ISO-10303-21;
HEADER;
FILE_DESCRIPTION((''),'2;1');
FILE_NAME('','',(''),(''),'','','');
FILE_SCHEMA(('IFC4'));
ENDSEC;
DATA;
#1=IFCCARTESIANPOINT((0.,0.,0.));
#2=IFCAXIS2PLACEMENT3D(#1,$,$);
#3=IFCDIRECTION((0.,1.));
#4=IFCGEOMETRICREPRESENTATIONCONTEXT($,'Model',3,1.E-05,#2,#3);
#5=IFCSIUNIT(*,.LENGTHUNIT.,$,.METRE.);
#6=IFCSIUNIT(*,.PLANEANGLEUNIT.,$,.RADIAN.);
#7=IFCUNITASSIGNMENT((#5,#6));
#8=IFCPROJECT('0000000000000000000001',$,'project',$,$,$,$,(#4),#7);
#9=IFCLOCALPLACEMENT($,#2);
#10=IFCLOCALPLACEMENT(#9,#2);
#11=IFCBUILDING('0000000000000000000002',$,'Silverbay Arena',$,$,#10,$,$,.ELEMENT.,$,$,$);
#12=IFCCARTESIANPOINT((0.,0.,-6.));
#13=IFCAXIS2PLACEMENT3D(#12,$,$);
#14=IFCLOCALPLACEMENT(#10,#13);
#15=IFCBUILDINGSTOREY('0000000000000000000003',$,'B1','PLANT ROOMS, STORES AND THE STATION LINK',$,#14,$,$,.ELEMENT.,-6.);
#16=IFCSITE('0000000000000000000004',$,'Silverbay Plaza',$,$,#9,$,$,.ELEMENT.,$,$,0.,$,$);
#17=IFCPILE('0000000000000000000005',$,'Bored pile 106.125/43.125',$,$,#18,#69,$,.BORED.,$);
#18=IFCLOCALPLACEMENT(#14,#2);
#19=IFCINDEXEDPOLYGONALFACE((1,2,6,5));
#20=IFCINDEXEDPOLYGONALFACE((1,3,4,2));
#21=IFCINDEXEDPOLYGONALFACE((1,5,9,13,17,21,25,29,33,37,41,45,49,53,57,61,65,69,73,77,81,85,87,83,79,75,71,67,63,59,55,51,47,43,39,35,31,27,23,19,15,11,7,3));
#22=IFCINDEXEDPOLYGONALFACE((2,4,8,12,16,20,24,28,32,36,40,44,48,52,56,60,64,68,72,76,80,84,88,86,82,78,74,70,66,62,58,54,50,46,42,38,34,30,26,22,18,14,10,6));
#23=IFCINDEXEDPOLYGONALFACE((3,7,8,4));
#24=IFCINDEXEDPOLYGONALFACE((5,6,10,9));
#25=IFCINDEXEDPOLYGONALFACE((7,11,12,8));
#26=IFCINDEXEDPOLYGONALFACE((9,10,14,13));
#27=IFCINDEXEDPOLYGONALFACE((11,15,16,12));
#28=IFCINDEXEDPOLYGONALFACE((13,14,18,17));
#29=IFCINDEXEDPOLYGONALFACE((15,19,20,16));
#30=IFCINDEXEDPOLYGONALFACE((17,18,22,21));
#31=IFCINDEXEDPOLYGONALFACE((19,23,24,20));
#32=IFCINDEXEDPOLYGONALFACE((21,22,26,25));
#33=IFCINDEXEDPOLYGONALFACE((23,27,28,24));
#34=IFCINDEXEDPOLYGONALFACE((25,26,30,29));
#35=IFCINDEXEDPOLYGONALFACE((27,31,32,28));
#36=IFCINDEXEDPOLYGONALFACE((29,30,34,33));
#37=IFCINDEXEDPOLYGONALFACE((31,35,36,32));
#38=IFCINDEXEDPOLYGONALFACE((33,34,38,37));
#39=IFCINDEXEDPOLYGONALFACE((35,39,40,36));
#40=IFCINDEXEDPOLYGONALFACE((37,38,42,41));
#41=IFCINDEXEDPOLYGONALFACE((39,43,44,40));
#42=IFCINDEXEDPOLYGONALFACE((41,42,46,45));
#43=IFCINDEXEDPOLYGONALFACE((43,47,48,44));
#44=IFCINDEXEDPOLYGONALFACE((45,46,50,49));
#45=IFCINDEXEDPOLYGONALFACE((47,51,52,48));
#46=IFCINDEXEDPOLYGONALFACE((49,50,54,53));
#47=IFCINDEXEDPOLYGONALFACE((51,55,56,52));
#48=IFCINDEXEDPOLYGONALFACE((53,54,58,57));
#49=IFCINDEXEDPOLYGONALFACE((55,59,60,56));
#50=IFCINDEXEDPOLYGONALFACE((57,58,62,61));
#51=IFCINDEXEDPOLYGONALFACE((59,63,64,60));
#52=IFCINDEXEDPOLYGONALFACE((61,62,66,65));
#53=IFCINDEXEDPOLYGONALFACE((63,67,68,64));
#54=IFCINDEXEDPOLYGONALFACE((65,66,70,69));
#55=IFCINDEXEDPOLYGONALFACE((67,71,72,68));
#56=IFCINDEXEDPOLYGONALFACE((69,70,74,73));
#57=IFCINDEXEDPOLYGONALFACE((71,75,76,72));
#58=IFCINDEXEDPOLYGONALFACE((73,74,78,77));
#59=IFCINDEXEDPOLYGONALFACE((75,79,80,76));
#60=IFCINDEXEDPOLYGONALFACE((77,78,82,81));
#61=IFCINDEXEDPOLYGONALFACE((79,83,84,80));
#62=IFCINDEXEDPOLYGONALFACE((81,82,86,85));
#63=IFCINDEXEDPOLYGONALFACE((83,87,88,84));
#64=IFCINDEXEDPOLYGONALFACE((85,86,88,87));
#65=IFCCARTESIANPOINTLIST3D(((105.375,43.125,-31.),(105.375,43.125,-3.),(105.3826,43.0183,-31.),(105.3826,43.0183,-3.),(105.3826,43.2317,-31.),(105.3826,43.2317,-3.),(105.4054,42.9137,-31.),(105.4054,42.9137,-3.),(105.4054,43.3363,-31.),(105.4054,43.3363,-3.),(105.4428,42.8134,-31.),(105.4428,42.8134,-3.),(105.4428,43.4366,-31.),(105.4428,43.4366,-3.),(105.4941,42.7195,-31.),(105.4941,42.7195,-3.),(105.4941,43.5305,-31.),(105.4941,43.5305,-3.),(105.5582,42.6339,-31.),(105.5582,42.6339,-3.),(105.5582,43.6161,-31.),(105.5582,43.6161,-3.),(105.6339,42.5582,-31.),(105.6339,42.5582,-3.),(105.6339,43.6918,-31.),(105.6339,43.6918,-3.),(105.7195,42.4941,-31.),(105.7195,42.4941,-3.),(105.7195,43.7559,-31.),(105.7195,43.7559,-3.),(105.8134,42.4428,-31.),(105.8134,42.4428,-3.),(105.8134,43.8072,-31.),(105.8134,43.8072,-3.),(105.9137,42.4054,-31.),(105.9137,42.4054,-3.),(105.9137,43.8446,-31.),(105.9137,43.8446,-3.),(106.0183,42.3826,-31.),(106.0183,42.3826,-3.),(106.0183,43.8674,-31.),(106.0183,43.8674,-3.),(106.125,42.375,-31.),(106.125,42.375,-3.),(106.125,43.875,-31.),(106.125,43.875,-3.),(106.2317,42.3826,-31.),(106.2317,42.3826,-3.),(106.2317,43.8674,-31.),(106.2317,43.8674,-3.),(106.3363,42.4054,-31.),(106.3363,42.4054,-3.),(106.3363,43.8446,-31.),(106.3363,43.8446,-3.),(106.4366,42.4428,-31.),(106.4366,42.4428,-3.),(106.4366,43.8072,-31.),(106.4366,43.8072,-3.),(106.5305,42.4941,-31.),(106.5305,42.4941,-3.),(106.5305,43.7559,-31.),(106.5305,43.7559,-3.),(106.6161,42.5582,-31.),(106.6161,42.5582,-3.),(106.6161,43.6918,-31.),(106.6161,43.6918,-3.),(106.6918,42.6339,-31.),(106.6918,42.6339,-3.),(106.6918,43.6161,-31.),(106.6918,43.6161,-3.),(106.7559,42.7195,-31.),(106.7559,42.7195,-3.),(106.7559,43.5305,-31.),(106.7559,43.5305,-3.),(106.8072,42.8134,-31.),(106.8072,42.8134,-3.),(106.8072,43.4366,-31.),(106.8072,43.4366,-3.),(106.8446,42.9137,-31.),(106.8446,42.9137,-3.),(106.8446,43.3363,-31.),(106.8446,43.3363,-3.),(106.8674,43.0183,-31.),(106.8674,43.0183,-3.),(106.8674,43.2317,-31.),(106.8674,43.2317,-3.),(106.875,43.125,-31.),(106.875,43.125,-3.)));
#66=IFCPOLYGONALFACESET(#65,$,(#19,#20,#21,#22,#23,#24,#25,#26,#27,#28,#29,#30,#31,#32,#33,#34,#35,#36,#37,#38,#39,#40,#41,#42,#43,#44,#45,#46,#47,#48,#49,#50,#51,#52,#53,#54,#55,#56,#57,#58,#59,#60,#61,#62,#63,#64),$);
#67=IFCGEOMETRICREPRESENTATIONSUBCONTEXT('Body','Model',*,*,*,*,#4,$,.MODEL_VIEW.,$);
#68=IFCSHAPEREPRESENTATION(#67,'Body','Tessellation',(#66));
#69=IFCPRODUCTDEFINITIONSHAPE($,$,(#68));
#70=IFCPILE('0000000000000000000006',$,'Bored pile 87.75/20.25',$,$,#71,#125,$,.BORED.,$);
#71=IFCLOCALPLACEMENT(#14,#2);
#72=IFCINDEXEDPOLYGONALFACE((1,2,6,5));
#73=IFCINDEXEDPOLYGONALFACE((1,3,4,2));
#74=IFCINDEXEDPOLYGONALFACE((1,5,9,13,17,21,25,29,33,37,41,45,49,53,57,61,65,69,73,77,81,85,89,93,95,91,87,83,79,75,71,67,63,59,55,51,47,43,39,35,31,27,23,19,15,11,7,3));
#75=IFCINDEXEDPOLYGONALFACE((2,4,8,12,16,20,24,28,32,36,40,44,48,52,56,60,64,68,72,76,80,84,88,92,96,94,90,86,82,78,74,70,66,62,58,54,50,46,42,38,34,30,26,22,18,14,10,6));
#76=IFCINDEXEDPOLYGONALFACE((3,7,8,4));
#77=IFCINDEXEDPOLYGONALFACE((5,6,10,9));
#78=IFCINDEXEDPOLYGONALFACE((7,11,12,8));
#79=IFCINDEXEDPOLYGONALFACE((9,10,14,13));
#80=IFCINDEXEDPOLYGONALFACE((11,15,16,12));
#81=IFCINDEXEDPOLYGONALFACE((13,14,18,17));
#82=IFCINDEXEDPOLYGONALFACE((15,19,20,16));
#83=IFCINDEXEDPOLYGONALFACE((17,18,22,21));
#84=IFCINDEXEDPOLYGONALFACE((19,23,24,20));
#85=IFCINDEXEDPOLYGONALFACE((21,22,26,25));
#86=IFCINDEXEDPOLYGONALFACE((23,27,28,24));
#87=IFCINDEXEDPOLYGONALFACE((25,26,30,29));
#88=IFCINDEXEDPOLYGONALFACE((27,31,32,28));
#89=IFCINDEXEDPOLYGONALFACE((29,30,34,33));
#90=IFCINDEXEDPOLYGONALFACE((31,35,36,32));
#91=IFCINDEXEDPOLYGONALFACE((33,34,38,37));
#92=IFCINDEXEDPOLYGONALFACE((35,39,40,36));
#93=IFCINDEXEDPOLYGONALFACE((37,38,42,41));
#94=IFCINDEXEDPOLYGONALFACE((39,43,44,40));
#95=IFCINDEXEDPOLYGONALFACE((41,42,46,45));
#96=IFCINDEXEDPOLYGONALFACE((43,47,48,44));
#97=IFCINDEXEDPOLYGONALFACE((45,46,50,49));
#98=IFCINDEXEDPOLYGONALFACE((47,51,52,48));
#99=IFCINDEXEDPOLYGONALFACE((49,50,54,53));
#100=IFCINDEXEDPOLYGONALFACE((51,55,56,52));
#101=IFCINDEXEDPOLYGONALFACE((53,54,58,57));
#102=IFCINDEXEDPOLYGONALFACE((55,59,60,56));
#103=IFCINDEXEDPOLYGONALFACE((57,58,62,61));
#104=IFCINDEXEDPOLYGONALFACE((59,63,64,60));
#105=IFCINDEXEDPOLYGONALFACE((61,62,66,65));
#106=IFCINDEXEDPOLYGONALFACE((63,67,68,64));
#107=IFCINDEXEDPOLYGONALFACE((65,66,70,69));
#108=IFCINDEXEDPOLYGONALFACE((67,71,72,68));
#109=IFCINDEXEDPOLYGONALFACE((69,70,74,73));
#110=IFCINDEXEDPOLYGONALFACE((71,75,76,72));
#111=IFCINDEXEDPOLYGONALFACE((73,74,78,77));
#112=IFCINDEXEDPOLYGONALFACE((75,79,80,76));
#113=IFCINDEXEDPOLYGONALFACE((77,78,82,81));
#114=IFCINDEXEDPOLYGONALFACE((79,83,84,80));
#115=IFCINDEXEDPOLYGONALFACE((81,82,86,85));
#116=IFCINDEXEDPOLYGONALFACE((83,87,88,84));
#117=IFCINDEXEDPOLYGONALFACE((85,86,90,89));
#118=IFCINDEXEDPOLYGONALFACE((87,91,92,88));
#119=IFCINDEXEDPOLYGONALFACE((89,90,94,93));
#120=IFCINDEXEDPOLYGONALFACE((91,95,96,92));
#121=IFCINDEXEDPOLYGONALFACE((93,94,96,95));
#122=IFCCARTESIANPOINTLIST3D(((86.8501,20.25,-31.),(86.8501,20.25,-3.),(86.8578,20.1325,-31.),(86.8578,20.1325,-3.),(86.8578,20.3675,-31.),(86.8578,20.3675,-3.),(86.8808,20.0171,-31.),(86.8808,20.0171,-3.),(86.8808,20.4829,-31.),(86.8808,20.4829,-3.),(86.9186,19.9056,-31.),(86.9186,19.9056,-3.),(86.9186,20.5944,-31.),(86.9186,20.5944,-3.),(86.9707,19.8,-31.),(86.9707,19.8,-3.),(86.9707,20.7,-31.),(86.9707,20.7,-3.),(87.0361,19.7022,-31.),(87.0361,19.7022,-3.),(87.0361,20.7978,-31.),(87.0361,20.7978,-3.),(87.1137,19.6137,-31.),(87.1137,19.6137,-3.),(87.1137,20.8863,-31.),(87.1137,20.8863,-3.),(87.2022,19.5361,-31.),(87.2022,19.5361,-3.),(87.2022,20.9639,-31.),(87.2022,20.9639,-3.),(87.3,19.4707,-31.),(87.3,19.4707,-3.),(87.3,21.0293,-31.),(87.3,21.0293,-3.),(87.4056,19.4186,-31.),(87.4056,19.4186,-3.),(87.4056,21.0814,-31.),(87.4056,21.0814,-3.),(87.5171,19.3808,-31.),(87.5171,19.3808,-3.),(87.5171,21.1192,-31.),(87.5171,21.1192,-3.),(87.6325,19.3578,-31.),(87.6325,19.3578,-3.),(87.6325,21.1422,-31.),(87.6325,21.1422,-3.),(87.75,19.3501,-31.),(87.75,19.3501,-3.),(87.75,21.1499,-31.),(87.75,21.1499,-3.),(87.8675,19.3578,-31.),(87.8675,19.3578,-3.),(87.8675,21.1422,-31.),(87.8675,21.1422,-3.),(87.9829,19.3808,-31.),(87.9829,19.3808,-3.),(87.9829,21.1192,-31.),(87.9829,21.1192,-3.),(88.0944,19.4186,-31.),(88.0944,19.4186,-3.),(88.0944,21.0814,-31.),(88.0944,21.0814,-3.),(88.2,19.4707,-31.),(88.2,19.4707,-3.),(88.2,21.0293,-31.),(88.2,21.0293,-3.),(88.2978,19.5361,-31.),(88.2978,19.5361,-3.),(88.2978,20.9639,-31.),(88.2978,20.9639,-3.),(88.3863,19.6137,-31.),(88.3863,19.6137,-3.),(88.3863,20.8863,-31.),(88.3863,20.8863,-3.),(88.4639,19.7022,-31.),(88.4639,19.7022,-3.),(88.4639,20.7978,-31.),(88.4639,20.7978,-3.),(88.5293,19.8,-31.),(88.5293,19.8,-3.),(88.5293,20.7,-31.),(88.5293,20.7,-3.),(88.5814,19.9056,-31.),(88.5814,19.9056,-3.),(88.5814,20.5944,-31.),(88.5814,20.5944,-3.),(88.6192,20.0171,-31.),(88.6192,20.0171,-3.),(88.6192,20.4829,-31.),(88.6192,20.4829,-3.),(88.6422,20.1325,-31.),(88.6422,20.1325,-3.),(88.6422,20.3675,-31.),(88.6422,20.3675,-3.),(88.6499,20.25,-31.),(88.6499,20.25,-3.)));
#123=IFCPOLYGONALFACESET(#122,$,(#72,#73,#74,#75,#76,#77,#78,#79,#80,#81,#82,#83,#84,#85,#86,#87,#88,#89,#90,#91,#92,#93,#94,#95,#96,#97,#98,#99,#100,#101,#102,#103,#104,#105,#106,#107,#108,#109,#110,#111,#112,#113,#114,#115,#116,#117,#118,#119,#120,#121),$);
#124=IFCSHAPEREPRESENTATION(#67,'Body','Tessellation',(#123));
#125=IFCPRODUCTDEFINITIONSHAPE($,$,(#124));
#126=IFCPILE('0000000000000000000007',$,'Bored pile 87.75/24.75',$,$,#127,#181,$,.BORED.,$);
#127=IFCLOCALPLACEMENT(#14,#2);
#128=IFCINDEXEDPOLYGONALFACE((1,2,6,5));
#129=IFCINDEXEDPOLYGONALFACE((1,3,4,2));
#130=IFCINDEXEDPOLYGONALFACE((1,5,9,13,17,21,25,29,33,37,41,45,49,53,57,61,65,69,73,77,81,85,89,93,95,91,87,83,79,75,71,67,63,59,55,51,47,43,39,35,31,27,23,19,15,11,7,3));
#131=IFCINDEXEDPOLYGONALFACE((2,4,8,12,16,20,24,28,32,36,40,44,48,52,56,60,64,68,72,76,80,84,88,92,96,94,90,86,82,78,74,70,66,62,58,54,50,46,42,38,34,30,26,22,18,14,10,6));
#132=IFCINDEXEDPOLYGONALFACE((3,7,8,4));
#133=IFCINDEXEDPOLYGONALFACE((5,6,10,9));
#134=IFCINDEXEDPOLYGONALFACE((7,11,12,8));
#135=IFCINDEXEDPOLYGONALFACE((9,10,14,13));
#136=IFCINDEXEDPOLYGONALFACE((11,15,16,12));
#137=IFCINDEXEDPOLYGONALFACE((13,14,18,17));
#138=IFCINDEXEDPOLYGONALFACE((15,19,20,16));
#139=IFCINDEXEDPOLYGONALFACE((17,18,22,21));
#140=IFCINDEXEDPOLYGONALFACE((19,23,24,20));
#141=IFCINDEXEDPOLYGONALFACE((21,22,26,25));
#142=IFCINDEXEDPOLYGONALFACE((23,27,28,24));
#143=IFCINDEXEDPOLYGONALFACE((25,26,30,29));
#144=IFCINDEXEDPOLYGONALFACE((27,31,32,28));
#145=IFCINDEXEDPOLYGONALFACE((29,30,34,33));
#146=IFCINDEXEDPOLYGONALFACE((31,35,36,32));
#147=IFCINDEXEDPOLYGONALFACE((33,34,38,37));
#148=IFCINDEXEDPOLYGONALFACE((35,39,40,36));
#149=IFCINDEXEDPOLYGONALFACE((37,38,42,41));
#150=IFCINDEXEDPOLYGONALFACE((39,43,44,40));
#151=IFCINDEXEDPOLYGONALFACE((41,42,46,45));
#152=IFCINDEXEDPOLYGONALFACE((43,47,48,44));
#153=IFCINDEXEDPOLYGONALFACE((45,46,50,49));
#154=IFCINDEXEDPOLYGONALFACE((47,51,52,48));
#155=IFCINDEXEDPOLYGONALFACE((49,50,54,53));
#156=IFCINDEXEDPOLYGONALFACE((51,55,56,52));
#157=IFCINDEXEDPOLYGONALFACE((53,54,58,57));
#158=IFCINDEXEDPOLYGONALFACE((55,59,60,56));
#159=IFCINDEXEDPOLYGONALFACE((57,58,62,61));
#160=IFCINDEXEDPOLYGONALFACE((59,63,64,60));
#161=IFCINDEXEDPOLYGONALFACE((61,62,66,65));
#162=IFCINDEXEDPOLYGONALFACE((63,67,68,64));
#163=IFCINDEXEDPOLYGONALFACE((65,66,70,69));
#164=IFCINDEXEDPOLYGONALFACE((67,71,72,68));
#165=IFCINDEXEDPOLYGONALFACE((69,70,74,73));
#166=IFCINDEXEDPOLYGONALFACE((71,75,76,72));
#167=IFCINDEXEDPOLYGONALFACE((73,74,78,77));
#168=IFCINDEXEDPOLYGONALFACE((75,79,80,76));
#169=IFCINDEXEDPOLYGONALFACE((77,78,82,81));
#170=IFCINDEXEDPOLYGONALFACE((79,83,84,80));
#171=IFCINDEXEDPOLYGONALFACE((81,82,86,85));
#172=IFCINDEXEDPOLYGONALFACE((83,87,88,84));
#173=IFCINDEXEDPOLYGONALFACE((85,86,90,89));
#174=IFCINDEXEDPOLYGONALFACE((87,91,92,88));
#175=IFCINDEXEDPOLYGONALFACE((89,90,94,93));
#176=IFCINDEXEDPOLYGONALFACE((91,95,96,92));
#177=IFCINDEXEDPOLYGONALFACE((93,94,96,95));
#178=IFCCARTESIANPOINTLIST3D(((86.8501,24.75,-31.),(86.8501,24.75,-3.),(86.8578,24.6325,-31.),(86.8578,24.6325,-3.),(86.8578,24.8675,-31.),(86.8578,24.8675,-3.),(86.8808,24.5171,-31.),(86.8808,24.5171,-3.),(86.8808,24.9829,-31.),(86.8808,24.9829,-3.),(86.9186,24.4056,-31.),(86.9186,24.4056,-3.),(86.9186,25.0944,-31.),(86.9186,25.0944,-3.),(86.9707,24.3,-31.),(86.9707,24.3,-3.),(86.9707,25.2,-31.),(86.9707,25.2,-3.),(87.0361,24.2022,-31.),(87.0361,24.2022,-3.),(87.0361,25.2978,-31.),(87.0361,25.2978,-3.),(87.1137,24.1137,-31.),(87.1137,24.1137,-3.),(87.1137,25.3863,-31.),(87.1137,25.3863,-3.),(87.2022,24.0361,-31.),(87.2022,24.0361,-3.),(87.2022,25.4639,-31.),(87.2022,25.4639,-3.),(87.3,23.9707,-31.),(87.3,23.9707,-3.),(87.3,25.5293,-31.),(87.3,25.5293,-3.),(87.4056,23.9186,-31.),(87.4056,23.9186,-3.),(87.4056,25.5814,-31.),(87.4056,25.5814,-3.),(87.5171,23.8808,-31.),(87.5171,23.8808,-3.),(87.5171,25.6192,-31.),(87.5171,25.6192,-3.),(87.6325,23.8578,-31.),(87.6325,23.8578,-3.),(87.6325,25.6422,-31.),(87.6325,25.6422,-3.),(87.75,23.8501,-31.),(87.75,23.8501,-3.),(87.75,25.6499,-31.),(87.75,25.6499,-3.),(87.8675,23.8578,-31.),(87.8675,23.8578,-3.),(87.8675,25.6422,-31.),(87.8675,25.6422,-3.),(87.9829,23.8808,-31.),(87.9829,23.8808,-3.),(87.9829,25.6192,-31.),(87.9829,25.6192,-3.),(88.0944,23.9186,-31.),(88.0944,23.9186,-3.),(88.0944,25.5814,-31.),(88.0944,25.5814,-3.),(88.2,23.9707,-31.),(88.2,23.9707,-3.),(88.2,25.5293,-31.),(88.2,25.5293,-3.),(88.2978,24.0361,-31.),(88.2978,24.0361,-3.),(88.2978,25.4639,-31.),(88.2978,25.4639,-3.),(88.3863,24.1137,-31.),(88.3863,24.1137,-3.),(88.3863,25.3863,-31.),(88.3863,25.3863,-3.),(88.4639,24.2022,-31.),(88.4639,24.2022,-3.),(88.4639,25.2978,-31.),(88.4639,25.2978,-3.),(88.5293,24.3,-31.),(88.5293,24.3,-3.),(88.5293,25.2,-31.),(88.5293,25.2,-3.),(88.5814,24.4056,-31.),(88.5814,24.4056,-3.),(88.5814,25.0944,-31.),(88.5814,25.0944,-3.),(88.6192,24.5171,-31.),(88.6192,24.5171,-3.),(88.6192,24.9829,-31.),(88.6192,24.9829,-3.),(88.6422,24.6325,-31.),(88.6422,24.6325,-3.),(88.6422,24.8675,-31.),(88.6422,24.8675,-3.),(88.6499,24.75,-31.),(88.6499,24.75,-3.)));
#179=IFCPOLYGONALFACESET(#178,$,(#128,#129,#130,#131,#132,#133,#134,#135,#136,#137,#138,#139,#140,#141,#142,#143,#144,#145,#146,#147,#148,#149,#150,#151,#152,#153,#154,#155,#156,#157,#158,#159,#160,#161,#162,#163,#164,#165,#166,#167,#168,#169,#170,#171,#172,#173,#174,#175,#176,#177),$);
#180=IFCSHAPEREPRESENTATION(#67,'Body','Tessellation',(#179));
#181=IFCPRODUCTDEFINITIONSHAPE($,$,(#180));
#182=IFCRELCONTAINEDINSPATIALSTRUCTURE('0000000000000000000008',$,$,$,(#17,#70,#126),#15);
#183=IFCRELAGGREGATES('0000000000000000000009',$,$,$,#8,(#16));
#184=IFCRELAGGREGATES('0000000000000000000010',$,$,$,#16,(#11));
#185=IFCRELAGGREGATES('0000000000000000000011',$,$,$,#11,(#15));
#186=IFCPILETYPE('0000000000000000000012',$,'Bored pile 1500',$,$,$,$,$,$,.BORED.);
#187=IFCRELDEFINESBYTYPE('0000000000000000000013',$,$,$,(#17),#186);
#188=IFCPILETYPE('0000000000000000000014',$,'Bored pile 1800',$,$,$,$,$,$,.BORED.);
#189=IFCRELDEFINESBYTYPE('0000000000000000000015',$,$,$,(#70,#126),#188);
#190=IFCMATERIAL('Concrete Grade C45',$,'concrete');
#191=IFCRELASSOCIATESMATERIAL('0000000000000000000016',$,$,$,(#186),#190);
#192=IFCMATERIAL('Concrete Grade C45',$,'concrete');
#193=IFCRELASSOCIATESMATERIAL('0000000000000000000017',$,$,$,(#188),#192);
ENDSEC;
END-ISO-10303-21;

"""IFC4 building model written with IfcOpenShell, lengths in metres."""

from ifc_helpers import new_model, si_unit, direction, frame, origin, origin_2d, place, context, subcontext, project, spatial, circle, extrude, material, material_profile, profile_set, type_object, element, save


model = new_model("IFC4")

# Units and contexts
model_context = context("Model", 3, precision=1e-05, world=origin(), true_north=direction((0.0, 1.0)))
body_context = subcontext(model_context, "Body", "Model", "MODEL_VIEW")
ifc_project = project(units=[si_unit("LENGTHUNIT", "METRE"), si_unit("PLANEANGLEUNIT", "RADIAN")], contexts=[model_context])

# Site, building, storey
site_placement = place(None, origin())
site = spatial("IfcSite", under=ifc_project, at=site_placement, Name="Silverbay Plaza", CompositionType="ELEMENT", RefElevation=0.0)
building_placement = place(site_placement, origin())
building = spatial("IfcBuilding", under=site, at=building_placement, Name="Silverbay Arena", CompositionType="ELEMENT")
storey_placement = place(building_placement, frame((0.0, 0.0, -6.0)))
storey = spatial("IfcBuildingStorey", under=building, at=storey_placement, Name="B1", Description="PLANT ROOMS, STORES AND THE STATION LINK", CompositionType="ELEMENT", Elevation=-6.0)

# Piles
ifc_material_1 = material(Name="Concrete Grade C45", Category="concrete")
ifc_material_profile_1 = material_profile(ifc_material_1, circle(Radius=0.75, at=origin_2d()), Name="Bored pile 1500")
ifc_profile_set_1 = profile_set([ifc_material_profile_1], Name="Concrete Grade C45")
pile_type_1 = type_object("IfcPileType", Name="Bored pile 1500", PredefinedType="BORED", material=ifc_profile_set_1)
pile_placement = place(storey_placement, frame((106.125, 43.125, -3.0), z_axis=(0.0, 0.0, -1.0), x_axis=(1.0, 0.0, 0.0)))
element("IfcPile", 1, at=pile_placement, inside=storey, type_object=pile_type_1, Name="Bored pile 106.125/43.125", PredefinedType="BORED", context=body_context, shape_type="SweptSolid", body=[
    extrude(circle(Radius=0.75, at=origin_2d()), origin(), (0.0, 0.0, 1.0), 28.0),
])
ifc_material_2 = material(Name="Concrete Grade C45", Category="concrete")
ifc_material_profile_2 = material_profile(ifc_material_2, circle(Radius=0.8999, at=origin_2d()), Name="Bored pile 1800")
ifc_profile_set_2 = profile_set([ifc_material_profile_2], Name="Concrete Grade C45")
pile_type_2 = type_object("IfcPileType", Name="Bored pile 1800", PredefinedType="BORED", material=ifc_profile_set_2)
for number, where, z_axis, x_axis, name in (
    (2, (87.75, 20.25, -3.0), (0.0, 0.0, -1.0), (1.0, 0.0, 0.0), "Bored pile 87.75/20.25"),
    (3, (87.75, 24.75, -3.0), (0.0, 0.0, -1.0), (1.0, 0.0, 0.0), "Bored pile 87.75/24.75"),
):
    element("IfcPile", number, at=place(storey_placement, frame(where, z_axis=z_axis, x_axis=x_axis)), inside=storey, type_object=pile_type_2, Name=name, PredefinedType="BORED", context=body_context, shape_type="SweptSolid", body=[
        extrude(circle(Radius=0.8999, at=origin_2d()), origin(), (0.0, 0.0, 1.0), 28.0),
    ])

save(model, "model.ifc")
